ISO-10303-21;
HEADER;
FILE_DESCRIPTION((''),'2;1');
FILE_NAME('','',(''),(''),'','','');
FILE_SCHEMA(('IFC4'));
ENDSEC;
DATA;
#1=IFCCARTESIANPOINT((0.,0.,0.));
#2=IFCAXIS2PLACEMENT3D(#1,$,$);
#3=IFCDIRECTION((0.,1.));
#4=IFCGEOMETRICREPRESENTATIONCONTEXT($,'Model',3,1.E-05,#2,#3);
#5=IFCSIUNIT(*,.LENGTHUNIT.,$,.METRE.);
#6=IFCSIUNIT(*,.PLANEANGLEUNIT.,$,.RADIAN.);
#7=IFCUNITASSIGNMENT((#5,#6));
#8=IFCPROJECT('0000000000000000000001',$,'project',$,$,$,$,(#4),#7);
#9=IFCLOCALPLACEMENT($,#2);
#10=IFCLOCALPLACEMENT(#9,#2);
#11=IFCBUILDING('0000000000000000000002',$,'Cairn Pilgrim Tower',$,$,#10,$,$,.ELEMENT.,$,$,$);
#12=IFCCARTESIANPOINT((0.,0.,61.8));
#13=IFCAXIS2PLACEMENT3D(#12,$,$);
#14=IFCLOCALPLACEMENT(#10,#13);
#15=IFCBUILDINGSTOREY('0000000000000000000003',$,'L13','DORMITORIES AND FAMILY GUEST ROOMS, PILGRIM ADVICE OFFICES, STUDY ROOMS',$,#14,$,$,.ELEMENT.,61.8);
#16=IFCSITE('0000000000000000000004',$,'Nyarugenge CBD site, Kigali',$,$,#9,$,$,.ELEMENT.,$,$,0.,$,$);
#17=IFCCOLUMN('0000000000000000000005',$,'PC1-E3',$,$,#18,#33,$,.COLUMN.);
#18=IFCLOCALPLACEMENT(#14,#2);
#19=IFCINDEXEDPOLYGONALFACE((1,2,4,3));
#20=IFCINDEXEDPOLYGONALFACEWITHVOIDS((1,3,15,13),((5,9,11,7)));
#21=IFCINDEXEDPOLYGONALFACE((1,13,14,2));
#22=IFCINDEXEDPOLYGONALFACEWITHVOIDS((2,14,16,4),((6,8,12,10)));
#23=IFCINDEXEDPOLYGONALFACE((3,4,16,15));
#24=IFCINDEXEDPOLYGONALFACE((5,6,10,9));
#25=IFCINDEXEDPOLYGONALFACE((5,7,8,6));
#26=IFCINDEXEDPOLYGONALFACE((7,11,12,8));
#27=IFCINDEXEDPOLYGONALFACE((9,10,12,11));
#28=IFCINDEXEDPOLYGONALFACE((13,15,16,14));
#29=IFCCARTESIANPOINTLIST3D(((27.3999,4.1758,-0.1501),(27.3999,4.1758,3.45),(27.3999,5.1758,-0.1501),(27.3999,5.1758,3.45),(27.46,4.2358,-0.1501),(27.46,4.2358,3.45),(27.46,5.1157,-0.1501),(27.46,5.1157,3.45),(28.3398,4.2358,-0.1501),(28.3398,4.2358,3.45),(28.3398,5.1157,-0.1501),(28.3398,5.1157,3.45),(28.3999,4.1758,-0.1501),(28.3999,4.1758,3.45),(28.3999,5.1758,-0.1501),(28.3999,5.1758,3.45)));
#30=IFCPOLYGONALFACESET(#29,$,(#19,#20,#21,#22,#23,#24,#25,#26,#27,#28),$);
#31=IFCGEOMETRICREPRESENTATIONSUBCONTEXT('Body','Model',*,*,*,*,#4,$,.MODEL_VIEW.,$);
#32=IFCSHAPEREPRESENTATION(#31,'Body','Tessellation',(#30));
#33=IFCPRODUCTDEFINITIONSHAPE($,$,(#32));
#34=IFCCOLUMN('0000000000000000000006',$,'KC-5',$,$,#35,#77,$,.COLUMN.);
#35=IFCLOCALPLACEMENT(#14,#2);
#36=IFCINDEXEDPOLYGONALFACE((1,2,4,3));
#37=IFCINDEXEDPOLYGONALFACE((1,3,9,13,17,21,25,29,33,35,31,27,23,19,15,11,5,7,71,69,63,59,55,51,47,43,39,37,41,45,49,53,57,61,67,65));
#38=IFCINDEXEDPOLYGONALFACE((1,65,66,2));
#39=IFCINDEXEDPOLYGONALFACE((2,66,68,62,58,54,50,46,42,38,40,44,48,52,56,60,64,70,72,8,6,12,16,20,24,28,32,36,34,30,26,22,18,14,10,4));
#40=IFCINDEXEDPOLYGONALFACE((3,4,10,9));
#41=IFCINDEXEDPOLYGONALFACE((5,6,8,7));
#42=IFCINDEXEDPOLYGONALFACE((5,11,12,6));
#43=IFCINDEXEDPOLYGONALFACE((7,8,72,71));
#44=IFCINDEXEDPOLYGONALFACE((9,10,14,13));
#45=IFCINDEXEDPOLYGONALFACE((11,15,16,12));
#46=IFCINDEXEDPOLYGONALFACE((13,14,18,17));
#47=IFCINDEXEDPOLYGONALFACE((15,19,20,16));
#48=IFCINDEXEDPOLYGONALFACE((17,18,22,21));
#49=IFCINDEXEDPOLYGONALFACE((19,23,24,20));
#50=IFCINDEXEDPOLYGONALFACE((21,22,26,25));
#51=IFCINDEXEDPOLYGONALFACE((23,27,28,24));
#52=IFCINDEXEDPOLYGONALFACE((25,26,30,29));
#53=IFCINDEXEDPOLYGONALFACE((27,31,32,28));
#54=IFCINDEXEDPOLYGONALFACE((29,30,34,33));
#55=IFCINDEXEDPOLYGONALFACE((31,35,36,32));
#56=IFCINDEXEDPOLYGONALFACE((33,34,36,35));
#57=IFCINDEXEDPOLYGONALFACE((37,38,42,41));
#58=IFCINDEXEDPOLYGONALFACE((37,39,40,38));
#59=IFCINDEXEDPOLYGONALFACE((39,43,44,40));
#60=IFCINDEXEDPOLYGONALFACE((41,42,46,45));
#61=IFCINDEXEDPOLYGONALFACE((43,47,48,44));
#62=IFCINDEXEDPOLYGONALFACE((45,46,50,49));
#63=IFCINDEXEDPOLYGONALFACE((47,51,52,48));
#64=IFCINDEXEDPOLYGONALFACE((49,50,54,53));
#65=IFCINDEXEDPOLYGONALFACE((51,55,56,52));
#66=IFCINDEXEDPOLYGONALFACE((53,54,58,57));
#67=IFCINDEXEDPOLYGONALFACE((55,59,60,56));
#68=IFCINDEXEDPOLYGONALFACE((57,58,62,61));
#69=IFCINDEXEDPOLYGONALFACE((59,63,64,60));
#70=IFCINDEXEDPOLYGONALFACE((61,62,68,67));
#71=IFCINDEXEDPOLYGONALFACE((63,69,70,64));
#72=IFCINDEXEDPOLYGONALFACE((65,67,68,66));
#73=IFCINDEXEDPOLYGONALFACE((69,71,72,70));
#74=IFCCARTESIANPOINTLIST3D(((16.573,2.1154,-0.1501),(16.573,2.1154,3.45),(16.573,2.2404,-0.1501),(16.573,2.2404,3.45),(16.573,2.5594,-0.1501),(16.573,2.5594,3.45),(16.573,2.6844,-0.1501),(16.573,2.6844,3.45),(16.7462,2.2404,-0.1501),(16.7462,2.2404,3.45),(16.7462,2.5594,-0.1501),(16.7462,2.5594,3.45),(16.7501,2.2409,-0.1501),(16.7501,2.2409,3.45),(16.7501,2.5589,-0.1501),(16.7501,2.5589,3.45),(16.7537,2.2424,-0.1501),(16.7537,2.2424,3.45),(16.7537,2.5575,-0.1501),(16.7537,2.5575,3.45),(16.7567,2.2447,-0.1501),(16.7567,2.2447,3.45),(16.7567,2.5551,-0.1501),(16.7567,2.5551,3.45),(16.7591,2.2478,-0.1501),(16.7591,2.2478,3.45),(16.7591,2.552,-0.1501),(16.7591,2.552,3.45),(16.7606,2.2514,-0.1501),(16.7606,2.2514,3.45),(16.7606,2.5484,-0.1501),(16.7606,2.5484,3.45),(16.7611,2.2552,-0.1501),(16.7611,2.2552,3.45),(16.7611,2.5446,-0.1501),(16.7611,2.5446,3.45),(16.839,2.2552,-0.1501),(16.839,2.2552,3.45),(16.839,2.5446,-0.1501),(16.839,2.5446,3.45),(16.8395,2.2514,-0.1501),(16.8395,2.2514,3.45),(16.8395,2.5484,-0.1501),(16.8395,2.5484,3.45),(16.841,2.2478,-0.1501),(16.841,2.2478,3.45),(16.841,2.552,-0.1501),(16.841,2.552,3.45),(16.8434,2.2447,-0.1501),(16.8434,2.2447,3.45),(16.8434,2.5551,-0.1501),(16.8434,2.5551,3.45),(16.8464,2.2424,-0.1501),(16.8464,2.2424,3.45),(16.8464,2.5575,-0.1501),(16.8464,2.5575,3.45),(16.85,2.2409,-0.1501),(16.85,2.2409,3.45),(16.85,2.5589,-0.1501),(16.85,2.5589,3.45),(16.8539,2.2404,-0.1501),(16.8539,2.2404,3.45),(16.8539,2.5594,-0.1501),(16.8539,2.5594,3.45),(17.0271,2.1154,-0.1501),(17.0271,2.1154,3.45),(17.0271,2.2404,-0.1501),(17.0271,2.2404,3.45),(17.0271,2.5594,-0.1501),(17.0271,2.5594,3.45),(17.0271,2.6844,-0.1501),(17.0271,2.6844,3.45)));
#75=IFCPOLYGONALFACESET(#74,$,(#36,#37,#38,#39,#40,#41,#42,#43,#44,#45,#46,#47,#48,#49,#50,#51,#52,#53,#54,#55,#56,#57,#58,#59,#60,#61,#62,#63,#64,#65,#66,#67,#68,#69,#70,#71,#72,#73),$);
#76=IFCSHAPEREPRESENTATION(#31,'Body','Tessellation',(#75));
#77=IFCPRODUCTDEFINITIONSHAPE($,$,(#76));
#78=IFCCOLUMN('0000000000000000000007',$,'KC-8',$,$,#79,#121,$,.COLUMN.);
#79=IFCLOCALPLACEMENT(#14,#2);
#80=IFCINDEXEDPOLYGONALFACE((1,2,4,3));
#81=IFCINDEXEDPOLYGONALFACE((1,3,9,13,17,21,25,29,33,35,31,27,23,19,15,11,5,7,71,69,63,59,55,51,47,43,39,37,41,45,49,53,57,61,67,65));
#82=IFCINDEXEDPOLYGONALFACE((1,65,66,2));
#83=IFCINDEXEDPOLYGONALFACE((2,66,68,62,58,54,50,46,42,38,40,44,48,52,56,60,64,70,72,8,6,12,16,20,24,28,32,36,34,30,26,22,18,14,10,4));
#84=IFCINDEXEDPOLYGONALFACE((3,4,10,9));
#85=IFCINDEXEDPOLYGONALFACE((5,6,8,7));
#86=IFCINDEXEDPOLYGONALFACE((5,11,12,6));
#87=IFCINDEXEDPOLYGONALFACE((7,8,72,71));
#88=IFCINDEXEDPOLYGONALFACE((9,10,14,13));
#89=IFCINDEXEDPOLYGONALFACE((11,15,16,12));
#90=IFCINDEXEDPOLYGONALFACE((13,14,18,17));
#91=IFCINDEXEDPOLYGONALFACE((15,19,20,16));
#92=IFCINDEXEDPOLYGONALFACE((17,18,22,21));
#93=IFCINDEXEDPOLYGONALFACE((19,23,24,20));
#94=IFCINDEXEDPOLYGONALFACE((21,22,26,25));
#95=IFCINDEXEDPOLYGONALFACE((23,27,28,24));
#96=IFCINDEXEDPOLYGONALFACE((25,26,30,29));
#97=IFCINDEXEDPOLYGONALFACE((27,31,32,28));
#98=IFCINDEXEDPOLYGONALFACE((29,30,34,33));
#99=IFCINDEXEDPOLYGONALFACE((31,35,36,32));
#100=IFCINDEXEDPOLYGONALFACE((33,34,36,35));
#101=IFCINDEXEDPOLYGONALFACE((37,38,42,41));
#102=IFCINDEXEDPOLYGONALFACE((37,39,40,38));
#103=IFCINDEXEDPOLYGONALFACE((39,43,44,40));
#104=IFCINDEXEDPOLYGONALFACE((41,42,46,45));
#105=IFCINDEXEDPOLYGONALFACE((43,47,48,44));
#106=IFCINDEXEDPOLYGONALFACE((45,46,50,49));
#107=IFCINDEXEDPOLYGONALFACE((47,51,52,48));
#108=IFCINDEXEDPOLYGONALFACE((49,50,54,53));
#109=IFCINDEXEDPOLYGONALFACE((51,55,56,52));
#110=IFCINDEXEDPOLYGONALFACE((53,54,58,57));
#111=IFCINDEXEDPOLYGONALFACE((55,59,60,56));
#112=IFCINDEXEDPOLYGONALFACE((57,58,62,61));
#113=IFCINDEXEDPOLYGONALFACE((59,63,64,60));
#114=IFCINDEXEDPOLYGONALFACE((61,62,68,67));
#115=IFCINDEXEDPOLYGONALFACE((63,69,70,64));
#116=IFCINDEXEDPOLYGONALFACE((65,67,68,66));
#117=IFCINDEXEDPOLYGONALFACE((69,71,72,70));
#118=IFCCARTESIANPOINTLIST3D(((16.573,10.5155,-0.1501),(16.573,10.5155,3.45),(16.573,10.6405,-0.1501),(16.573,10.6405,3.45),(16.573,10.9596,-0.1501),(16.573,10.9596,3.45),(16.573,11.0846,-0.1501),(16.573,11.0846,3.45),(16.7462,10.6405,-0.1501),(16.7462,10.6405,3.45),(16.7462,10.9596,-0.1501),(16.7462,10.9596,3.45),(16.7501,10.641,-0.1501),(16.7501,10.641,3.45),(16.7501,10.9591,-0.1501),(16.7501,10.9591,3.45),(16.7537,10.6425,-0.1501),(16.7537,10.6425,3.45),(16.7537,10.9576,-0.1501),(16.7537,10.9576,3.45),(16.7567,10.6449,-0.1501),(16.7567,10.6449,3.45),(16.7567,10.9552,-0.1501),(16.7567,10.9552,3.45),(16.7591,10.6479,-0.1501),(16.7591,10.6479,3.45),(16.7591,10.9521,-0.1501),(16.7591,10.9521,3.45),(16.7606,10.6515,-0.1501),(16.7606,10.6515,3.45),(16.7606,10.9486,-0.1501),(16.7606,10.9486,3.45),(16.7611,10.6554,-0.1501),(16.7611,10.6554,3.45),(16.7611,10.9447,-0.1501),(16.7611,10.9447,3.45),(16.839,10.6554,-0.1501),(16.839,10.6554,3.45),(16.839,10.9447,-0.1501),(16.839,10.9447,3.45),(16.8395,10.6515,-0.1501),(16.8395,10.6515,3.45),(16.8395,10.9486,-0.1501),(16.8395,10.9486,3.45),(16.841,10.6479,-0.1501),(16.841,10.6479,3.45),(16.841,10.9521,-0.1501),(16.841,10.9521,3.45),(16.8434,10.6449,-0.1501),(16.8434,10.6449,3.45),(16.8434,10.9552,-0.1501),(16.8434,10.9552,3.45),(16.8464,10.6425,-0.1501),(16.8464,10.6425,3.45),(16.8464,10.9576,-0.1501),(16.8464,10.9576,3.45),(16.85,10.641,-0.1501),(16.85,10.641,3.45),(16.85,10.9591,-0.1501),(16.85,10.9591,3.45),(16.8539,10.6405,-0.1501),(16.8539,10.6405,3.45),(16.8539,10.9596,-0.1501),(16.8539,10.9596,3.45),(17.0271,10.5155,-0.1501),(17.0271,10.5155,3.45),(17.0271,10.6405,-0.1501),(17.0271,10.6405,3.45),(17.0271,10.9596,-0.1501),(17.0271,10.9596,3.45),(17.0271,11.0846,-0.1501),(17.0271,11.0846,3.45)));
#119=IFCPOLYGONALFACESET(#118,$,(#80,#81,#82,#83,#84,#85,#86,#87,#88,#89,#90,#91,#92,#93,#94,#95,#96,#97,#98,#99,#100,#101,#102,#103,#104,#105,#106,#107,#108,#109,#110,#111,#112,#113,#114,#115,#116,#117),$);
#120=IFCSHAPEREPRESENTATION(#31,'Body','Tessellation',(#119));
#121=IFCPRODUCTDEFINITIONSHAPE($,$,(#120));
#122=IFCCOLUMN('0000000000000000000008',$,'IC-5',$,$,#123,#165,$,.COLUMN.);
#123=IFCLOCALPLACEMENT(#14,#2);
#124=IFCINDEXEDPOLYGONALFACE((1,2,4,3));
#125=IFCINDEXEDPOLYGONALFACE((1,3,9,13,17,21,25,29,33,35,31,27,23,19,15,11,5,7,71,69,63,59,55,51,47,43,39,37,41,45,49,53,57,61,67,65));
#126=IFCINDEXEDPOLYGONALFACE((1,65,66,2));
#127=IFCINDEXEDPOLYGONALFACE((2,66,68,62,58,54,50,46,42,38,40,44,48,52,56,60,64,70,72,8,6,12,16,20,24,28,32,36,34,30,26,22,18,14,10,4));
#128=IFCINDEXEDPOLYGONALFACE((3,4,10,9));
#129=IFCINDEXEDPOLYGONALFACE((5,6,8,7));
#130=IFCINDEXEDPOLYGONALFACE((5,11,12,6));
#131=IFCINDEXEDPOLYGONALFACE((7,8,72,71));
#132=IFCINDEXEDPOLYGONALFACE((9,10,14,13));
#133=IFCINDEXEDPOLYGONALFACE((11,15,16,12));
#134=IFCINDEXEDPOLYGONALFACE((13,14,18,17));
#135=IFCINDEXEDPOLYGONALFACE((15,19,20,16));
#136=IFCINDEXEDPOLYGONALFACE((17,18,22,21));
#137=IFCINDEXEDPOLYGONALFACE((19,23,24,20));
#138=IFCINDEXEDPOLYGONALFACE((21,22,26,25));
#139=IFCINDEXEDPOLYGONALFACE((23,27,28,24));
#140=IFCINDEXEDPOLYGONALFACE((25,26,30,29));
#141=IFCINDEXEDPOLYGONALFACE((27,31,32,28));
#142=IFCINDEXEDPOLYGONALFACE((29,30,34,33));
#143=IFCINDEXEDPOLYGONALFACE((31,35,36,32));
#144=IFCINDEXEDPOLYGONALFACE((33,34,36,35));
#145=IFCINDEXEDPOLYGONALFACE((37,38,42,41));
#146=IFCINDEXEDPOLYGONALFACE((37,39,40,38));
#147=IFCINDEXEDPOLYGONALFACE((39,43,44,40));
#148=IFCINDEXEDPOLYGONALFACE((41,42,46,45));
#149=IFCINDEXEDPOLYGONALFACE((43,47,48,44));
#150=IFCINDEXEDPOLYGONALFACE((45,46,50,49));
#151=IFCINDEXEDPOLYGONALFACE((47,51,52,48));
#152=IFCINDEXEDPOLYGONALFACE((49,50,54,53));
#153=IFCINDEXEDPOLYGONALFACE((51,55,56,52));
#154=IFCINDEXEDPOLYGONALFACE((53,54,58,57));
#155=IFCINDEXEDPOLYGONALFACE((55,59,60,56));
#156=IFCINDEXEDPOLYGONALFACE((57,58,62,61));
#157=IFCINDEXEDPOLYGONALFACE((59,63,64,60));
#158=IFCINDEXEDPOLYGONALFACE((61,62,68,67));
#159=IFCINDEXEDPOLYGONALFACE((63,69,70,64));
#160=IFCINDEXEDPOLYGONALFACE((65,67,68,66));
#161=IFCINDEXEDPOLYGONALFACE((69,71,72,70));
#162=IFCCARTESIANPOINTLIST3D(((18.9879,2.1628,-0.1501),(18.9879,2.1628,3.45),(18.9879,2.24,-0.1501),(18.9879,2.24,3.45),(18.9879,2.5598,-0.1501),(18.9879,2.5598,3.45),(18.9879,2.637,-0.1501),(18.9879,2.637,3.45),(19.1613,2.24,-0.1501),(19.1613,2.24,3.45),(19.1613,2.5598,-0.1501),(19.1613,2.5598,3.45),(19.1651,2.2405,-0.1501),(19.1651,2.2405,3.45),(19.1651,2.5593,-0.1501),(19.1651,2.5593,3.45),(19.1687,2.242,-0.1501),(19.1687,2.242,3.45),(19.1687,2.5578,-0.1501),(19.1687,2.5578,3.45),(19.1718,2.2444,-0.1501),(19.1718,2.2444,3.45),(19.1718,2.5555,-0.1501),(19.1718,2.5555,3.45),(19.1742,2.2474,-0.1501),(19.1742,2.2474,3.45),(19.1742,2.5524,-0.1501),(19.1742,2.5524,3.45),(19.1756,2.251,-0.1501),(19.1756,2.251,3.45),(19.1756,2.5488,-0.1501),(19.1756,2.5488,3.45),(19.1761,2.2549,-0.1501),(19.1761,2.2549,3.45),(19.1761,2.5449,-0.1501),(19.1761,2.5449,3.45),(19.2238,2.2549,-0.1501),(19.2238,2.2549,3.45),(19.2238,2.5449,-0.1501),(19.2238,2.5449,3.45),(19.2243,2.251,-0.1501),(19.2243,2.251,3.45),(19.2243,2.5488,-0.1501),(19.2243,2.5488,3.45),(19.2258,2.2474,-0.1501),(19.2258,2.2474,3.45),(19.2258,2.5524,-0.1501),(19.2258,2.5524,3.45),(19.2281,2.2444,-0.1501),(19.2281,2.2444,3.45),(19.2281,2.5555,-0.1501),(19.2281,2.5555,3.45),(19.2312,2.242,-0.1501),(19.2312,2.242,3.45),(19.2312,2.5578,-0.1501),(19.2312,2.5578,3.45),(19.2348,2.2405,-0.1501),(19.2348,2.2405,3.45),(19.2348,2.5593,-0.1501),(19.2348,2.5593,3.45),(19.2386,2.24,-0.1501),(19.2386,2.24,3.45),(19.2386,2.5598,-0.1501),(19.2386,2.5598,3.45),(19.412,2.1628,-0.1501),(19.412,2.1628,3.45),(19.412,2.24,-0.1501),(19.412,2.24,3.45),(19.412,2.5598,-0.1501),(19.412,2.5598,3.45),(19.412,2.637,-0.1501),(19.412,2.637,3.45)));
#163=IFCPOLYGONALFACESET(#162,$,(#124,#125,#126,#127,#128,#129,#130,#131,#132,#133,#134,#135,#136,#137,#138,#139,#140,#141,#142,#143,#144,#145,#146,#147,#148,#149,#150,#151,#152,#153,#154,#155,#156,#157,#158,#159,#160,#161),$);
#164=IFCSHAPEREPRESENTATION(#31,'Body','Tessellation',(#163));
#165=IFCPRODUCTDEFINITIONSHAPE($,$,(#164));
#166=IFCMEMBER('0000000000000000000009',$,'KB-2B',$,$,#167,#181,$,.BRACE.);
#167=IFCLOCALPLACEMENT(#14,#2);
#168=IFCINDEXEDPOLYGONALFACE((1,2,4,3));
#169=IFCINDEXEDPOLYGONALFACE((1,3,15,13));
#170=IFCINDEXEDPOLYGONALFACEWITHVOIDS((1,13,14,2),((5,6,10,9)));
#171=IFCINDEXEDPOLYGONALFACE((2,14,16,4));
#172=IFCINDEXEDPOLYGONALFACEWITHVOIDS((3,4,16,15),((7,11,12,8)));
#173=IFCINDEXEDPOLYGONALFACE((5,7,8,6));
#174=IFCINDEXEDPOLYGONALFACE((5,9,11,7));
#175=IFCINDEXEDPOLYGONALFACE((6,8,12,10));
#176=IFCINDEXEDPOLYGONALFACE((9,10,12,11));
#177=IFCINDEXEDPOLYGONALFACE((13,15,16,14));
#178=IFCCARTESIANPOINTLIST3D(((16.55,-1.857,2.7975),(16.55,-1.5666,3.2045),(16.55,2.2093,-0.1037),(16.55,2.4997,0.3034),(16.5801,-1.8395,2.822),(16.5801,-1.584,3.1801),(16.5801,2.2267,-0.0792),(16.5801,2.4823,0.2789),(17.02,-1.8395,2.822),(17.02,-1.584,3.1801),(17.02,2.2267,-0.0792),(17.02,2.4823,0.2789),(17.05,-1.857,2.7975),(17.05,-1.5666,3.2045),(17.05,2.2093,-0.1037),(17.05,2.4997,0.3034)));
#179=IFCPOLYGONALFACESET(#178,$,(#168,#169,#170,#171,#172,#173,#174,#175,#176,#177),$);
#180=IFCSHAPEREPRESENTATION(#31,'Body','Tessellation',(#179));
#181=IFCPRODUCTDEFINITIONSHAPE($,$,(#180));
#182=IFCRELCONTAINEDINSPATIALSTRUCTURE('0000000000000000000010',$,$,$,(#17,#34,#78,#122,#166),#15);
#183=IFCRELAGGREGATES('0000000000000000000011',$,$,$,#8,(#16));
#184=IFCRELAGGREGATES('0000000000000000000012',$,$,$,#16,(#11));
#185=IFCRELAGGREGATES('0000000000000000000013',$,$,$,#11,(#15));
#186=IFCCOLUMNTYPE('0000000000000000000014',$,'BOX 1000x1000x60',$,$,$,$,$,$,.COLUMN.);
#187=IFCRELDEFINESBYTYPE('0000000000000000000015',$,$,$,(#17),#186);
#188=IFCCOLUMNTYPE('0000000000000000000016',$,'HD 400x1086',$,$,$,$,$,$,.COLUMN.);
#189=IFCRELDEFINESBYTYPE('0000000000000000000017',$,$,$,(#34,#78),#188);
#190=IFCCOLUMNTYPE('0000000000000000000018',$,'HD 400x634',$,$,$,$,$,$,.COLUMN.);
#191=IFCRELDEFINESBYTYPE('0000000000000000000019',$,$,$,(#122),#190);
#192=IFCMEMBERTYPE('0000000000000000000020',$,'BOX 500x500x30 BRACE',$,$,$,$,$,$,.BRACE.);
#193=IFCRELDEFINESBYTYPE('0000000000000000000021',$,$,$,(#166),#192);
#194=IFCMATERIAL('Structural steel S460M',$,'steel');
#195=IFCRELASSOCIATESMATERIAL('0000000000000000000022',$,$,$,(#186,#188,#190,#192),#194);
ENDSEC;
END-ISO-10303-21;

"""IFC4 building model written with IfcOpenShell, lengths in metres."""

from ifc_helpers import new_model, si_unit, direction, frame, origin, origin_2d, place, context, subcontext, project, spatial, hollow_rectangle, i_section, extrude, material, material_profile, profile_set, type_object, element, save


model = new_model("IFC4")

# Units and contexts
model_context = context("Model", 3, precision=1e-05, world=origin(), true_north=direction((0.0, 1.0)))
body_context = subcontext(model_context, "Body", "Model", "MODEL_VIEW")
ifc_project = project(units=[si_unit("LENGTHUNIT", "METRE"), si_unit("PLANEANGLEUNIT", "RADIAN")], contexts=[model_context])

# Site, building, storey
site_placement = place(None, origin())
site = spatial("IfcSite", under=ifc_project, at=site_placement, Name="Nyarugenge CBD site, Kigali", CompositionType="ELEMENT", RefElevation=0.0)
building_placement = place(site_placement, origin())
building = spatial("IfcBuilding", under=site, at=building_placement, Name="Cairn Pilgrim Tower", CompositionType="ELEMENT")
storey_placement = place(building_placement, frame((0.0, 0.0, 61.8)))
storey = spatial("IfcBuildingStorey", under=building, at=storey_placement, Name="L13", Description="DORMITORIES AND FAMILY GUEST ROOMS, PILGRIM ADVICE OFFICES, STUDY ROOMS", CompositionType="ELEMENT", Elevation=61.8)

# Columns
ifc_material_1 = material(Name="Structural steel S460M", Category="steel")
ifc_material_profile_1 = material_profile(ifc_material_1, hollow_rectangle(XDim=1.0, YDim=1.0, WallThickness=0.0601, at=origin_2d()), Name="BOX 1000x1000x60")
ifc_profile_set_1 = profile_set([ifc_material_profile_1], Name="Structural steel S460M")
column_type_1 = type_object("IfcColumnType", Name="BOX 1000x1000x60", PredefinedType="COLUMN", material=ifc_profile_set_1)
column_1_placement = place(storey_placement, frame((27.8999, 4.6758, -0.1501), z_axis=(0.0, 0.0, 1.0), x_axis=(1.0, 0.0, 0.0)))
element("IfcColumn", 1, at=column_1_placement, inside=storey, type_object=column_type_1, Name="PC1-E3", PredefinedType="COLUMN", context=body_context, shape_type="SweptSolid", body=[
    extrude(hollow_rectangle(XDim=1.0, YDim=1.0, WallThickness=0.0601, at=origin_2d()), origin(), (0.0, 0.0, 1.0), 3.6001),
])
ifc_material_profile_2 = material_profile(ifc_material_1, i_section(OverallWidth=0.4541, OverallDepth=0.5691, WebThickness=0.0779, FlangeThickness=0.125, FilletRadius=0.0149, at=origin_2d()), Name="HD 400x1086")
ifc_profile_set_2 = profile_set([ifc_material_profile_2], Name="Structural steel S460M")
column_type_2 = type_object("IfcColumnType", Name="HD 400x1086", PredefinedType="COLUMN", material=ifc_profile_set_2)
for number, where, z_axis, x_axis, name in (
    (2, (16.8, 2.3999, -0.1501), (0.0, 0.0, 1.0), (1.0, 0.0, 0.0), "KC-5"),
    (3, (16.8, 10.8, -0.1501), (0.0, 0.0, 1.0), (1.0, 0.0, 0.0), "KC-8"),
):
    element("IfcColumn", number, at=place(storey_placement, frame(where, z_axis=z_axis, x_axis=x_axis)), inside=storey, type_object=column_type_2, Name=name, PredefinedType="COLUMN", context=body_context, shape_type="SweptSolid", body=[
        extrude(i_section(OverallWidth=0.4541, OverallDepth=0.5691, WebThickness=0.0779, FlangeThickness=0.125, FilletRadius=0.0149, at=origin_2d()), origin(), (0.0, 0.0, 1.0), 3.6001),
    ])
ifc_material_profile_3 = material_profile(ifc_material_1, i_section(OverallWidth=0.4241, OverallDepth=0.4741, WebThickness=0.0476, FlangeThickness=0.0771, FilletRadius=0.0149, at=origin_2d()), Name="HD 400x634")
ifc_profile_set_3 = profile_set([ifc_material_profile_3], Name="Structural steel S460M")
column_type_3 = type_object("IfcColumnType", Name="HD 400x634", PredefinedType="COLUMN", material=ifc_profile_set_3)
column_2_placement = place(storey_placement, frame((19.2, 2.3999, -0.1501), z_axis=(0.0, 0.0, 1.0), x_axis=(1.0, 0.0, 0.0)))
element("IfcColumn", 4, at=column_2_placement, inside=storey, type_object=column_type_3, Name="IC-5", PredefinedType="COLUMN", context=body_context, shape_type="SweptSolid", body=[
    extrude(i_section(OverallWidth=0.4241, OverallDepth=0.4741, WebThickness=0.0476, FlangeThickness=0.0771, FilletRadius=0.0149, at=origin_2d()), origin(), (0.0, 0.0, 1.0), 3.6001),
])

# Member
ifc_material_profile_4 = material_profile(ifc_material_1, hollow_rectangle(XDim=0.5, YDim=0.5, WallThickness=0.03, at=origin_2d()), Name="BOX 500x500x30")
ifc_profile_set_4 = profile_set([ifc_material_profile_4], Name="Structural steel S460M")
member_type_1 = type_object("IfcMemberType", Name="BOX 500x500x30 BRACE", PredefinedType="BRACE", material=ifc_profile_set_4)
member_1_placement = place(storey_placement, frame((16.8, 2.3545, 0.0999), z_axis=(0.0, -0.814044, 0.580804), x_axis=(1.0, 0.0, 0.0)))
element("IfcMember", 5, at=member_1_placement, inside=storey, type_object=member_type_1, Name="KB-2B", PredefinedType="BRACE", context=body_context, shape_type="SweptSolid", body=[
    extrude(hollow_rectangle(XDim=0.5, YDim=0.5, WallThickness=0.03, at=origin_2d()), origin(), (0.0, 0.0, 1.0), 4.9951),
])

save(model, "model.ifc")
